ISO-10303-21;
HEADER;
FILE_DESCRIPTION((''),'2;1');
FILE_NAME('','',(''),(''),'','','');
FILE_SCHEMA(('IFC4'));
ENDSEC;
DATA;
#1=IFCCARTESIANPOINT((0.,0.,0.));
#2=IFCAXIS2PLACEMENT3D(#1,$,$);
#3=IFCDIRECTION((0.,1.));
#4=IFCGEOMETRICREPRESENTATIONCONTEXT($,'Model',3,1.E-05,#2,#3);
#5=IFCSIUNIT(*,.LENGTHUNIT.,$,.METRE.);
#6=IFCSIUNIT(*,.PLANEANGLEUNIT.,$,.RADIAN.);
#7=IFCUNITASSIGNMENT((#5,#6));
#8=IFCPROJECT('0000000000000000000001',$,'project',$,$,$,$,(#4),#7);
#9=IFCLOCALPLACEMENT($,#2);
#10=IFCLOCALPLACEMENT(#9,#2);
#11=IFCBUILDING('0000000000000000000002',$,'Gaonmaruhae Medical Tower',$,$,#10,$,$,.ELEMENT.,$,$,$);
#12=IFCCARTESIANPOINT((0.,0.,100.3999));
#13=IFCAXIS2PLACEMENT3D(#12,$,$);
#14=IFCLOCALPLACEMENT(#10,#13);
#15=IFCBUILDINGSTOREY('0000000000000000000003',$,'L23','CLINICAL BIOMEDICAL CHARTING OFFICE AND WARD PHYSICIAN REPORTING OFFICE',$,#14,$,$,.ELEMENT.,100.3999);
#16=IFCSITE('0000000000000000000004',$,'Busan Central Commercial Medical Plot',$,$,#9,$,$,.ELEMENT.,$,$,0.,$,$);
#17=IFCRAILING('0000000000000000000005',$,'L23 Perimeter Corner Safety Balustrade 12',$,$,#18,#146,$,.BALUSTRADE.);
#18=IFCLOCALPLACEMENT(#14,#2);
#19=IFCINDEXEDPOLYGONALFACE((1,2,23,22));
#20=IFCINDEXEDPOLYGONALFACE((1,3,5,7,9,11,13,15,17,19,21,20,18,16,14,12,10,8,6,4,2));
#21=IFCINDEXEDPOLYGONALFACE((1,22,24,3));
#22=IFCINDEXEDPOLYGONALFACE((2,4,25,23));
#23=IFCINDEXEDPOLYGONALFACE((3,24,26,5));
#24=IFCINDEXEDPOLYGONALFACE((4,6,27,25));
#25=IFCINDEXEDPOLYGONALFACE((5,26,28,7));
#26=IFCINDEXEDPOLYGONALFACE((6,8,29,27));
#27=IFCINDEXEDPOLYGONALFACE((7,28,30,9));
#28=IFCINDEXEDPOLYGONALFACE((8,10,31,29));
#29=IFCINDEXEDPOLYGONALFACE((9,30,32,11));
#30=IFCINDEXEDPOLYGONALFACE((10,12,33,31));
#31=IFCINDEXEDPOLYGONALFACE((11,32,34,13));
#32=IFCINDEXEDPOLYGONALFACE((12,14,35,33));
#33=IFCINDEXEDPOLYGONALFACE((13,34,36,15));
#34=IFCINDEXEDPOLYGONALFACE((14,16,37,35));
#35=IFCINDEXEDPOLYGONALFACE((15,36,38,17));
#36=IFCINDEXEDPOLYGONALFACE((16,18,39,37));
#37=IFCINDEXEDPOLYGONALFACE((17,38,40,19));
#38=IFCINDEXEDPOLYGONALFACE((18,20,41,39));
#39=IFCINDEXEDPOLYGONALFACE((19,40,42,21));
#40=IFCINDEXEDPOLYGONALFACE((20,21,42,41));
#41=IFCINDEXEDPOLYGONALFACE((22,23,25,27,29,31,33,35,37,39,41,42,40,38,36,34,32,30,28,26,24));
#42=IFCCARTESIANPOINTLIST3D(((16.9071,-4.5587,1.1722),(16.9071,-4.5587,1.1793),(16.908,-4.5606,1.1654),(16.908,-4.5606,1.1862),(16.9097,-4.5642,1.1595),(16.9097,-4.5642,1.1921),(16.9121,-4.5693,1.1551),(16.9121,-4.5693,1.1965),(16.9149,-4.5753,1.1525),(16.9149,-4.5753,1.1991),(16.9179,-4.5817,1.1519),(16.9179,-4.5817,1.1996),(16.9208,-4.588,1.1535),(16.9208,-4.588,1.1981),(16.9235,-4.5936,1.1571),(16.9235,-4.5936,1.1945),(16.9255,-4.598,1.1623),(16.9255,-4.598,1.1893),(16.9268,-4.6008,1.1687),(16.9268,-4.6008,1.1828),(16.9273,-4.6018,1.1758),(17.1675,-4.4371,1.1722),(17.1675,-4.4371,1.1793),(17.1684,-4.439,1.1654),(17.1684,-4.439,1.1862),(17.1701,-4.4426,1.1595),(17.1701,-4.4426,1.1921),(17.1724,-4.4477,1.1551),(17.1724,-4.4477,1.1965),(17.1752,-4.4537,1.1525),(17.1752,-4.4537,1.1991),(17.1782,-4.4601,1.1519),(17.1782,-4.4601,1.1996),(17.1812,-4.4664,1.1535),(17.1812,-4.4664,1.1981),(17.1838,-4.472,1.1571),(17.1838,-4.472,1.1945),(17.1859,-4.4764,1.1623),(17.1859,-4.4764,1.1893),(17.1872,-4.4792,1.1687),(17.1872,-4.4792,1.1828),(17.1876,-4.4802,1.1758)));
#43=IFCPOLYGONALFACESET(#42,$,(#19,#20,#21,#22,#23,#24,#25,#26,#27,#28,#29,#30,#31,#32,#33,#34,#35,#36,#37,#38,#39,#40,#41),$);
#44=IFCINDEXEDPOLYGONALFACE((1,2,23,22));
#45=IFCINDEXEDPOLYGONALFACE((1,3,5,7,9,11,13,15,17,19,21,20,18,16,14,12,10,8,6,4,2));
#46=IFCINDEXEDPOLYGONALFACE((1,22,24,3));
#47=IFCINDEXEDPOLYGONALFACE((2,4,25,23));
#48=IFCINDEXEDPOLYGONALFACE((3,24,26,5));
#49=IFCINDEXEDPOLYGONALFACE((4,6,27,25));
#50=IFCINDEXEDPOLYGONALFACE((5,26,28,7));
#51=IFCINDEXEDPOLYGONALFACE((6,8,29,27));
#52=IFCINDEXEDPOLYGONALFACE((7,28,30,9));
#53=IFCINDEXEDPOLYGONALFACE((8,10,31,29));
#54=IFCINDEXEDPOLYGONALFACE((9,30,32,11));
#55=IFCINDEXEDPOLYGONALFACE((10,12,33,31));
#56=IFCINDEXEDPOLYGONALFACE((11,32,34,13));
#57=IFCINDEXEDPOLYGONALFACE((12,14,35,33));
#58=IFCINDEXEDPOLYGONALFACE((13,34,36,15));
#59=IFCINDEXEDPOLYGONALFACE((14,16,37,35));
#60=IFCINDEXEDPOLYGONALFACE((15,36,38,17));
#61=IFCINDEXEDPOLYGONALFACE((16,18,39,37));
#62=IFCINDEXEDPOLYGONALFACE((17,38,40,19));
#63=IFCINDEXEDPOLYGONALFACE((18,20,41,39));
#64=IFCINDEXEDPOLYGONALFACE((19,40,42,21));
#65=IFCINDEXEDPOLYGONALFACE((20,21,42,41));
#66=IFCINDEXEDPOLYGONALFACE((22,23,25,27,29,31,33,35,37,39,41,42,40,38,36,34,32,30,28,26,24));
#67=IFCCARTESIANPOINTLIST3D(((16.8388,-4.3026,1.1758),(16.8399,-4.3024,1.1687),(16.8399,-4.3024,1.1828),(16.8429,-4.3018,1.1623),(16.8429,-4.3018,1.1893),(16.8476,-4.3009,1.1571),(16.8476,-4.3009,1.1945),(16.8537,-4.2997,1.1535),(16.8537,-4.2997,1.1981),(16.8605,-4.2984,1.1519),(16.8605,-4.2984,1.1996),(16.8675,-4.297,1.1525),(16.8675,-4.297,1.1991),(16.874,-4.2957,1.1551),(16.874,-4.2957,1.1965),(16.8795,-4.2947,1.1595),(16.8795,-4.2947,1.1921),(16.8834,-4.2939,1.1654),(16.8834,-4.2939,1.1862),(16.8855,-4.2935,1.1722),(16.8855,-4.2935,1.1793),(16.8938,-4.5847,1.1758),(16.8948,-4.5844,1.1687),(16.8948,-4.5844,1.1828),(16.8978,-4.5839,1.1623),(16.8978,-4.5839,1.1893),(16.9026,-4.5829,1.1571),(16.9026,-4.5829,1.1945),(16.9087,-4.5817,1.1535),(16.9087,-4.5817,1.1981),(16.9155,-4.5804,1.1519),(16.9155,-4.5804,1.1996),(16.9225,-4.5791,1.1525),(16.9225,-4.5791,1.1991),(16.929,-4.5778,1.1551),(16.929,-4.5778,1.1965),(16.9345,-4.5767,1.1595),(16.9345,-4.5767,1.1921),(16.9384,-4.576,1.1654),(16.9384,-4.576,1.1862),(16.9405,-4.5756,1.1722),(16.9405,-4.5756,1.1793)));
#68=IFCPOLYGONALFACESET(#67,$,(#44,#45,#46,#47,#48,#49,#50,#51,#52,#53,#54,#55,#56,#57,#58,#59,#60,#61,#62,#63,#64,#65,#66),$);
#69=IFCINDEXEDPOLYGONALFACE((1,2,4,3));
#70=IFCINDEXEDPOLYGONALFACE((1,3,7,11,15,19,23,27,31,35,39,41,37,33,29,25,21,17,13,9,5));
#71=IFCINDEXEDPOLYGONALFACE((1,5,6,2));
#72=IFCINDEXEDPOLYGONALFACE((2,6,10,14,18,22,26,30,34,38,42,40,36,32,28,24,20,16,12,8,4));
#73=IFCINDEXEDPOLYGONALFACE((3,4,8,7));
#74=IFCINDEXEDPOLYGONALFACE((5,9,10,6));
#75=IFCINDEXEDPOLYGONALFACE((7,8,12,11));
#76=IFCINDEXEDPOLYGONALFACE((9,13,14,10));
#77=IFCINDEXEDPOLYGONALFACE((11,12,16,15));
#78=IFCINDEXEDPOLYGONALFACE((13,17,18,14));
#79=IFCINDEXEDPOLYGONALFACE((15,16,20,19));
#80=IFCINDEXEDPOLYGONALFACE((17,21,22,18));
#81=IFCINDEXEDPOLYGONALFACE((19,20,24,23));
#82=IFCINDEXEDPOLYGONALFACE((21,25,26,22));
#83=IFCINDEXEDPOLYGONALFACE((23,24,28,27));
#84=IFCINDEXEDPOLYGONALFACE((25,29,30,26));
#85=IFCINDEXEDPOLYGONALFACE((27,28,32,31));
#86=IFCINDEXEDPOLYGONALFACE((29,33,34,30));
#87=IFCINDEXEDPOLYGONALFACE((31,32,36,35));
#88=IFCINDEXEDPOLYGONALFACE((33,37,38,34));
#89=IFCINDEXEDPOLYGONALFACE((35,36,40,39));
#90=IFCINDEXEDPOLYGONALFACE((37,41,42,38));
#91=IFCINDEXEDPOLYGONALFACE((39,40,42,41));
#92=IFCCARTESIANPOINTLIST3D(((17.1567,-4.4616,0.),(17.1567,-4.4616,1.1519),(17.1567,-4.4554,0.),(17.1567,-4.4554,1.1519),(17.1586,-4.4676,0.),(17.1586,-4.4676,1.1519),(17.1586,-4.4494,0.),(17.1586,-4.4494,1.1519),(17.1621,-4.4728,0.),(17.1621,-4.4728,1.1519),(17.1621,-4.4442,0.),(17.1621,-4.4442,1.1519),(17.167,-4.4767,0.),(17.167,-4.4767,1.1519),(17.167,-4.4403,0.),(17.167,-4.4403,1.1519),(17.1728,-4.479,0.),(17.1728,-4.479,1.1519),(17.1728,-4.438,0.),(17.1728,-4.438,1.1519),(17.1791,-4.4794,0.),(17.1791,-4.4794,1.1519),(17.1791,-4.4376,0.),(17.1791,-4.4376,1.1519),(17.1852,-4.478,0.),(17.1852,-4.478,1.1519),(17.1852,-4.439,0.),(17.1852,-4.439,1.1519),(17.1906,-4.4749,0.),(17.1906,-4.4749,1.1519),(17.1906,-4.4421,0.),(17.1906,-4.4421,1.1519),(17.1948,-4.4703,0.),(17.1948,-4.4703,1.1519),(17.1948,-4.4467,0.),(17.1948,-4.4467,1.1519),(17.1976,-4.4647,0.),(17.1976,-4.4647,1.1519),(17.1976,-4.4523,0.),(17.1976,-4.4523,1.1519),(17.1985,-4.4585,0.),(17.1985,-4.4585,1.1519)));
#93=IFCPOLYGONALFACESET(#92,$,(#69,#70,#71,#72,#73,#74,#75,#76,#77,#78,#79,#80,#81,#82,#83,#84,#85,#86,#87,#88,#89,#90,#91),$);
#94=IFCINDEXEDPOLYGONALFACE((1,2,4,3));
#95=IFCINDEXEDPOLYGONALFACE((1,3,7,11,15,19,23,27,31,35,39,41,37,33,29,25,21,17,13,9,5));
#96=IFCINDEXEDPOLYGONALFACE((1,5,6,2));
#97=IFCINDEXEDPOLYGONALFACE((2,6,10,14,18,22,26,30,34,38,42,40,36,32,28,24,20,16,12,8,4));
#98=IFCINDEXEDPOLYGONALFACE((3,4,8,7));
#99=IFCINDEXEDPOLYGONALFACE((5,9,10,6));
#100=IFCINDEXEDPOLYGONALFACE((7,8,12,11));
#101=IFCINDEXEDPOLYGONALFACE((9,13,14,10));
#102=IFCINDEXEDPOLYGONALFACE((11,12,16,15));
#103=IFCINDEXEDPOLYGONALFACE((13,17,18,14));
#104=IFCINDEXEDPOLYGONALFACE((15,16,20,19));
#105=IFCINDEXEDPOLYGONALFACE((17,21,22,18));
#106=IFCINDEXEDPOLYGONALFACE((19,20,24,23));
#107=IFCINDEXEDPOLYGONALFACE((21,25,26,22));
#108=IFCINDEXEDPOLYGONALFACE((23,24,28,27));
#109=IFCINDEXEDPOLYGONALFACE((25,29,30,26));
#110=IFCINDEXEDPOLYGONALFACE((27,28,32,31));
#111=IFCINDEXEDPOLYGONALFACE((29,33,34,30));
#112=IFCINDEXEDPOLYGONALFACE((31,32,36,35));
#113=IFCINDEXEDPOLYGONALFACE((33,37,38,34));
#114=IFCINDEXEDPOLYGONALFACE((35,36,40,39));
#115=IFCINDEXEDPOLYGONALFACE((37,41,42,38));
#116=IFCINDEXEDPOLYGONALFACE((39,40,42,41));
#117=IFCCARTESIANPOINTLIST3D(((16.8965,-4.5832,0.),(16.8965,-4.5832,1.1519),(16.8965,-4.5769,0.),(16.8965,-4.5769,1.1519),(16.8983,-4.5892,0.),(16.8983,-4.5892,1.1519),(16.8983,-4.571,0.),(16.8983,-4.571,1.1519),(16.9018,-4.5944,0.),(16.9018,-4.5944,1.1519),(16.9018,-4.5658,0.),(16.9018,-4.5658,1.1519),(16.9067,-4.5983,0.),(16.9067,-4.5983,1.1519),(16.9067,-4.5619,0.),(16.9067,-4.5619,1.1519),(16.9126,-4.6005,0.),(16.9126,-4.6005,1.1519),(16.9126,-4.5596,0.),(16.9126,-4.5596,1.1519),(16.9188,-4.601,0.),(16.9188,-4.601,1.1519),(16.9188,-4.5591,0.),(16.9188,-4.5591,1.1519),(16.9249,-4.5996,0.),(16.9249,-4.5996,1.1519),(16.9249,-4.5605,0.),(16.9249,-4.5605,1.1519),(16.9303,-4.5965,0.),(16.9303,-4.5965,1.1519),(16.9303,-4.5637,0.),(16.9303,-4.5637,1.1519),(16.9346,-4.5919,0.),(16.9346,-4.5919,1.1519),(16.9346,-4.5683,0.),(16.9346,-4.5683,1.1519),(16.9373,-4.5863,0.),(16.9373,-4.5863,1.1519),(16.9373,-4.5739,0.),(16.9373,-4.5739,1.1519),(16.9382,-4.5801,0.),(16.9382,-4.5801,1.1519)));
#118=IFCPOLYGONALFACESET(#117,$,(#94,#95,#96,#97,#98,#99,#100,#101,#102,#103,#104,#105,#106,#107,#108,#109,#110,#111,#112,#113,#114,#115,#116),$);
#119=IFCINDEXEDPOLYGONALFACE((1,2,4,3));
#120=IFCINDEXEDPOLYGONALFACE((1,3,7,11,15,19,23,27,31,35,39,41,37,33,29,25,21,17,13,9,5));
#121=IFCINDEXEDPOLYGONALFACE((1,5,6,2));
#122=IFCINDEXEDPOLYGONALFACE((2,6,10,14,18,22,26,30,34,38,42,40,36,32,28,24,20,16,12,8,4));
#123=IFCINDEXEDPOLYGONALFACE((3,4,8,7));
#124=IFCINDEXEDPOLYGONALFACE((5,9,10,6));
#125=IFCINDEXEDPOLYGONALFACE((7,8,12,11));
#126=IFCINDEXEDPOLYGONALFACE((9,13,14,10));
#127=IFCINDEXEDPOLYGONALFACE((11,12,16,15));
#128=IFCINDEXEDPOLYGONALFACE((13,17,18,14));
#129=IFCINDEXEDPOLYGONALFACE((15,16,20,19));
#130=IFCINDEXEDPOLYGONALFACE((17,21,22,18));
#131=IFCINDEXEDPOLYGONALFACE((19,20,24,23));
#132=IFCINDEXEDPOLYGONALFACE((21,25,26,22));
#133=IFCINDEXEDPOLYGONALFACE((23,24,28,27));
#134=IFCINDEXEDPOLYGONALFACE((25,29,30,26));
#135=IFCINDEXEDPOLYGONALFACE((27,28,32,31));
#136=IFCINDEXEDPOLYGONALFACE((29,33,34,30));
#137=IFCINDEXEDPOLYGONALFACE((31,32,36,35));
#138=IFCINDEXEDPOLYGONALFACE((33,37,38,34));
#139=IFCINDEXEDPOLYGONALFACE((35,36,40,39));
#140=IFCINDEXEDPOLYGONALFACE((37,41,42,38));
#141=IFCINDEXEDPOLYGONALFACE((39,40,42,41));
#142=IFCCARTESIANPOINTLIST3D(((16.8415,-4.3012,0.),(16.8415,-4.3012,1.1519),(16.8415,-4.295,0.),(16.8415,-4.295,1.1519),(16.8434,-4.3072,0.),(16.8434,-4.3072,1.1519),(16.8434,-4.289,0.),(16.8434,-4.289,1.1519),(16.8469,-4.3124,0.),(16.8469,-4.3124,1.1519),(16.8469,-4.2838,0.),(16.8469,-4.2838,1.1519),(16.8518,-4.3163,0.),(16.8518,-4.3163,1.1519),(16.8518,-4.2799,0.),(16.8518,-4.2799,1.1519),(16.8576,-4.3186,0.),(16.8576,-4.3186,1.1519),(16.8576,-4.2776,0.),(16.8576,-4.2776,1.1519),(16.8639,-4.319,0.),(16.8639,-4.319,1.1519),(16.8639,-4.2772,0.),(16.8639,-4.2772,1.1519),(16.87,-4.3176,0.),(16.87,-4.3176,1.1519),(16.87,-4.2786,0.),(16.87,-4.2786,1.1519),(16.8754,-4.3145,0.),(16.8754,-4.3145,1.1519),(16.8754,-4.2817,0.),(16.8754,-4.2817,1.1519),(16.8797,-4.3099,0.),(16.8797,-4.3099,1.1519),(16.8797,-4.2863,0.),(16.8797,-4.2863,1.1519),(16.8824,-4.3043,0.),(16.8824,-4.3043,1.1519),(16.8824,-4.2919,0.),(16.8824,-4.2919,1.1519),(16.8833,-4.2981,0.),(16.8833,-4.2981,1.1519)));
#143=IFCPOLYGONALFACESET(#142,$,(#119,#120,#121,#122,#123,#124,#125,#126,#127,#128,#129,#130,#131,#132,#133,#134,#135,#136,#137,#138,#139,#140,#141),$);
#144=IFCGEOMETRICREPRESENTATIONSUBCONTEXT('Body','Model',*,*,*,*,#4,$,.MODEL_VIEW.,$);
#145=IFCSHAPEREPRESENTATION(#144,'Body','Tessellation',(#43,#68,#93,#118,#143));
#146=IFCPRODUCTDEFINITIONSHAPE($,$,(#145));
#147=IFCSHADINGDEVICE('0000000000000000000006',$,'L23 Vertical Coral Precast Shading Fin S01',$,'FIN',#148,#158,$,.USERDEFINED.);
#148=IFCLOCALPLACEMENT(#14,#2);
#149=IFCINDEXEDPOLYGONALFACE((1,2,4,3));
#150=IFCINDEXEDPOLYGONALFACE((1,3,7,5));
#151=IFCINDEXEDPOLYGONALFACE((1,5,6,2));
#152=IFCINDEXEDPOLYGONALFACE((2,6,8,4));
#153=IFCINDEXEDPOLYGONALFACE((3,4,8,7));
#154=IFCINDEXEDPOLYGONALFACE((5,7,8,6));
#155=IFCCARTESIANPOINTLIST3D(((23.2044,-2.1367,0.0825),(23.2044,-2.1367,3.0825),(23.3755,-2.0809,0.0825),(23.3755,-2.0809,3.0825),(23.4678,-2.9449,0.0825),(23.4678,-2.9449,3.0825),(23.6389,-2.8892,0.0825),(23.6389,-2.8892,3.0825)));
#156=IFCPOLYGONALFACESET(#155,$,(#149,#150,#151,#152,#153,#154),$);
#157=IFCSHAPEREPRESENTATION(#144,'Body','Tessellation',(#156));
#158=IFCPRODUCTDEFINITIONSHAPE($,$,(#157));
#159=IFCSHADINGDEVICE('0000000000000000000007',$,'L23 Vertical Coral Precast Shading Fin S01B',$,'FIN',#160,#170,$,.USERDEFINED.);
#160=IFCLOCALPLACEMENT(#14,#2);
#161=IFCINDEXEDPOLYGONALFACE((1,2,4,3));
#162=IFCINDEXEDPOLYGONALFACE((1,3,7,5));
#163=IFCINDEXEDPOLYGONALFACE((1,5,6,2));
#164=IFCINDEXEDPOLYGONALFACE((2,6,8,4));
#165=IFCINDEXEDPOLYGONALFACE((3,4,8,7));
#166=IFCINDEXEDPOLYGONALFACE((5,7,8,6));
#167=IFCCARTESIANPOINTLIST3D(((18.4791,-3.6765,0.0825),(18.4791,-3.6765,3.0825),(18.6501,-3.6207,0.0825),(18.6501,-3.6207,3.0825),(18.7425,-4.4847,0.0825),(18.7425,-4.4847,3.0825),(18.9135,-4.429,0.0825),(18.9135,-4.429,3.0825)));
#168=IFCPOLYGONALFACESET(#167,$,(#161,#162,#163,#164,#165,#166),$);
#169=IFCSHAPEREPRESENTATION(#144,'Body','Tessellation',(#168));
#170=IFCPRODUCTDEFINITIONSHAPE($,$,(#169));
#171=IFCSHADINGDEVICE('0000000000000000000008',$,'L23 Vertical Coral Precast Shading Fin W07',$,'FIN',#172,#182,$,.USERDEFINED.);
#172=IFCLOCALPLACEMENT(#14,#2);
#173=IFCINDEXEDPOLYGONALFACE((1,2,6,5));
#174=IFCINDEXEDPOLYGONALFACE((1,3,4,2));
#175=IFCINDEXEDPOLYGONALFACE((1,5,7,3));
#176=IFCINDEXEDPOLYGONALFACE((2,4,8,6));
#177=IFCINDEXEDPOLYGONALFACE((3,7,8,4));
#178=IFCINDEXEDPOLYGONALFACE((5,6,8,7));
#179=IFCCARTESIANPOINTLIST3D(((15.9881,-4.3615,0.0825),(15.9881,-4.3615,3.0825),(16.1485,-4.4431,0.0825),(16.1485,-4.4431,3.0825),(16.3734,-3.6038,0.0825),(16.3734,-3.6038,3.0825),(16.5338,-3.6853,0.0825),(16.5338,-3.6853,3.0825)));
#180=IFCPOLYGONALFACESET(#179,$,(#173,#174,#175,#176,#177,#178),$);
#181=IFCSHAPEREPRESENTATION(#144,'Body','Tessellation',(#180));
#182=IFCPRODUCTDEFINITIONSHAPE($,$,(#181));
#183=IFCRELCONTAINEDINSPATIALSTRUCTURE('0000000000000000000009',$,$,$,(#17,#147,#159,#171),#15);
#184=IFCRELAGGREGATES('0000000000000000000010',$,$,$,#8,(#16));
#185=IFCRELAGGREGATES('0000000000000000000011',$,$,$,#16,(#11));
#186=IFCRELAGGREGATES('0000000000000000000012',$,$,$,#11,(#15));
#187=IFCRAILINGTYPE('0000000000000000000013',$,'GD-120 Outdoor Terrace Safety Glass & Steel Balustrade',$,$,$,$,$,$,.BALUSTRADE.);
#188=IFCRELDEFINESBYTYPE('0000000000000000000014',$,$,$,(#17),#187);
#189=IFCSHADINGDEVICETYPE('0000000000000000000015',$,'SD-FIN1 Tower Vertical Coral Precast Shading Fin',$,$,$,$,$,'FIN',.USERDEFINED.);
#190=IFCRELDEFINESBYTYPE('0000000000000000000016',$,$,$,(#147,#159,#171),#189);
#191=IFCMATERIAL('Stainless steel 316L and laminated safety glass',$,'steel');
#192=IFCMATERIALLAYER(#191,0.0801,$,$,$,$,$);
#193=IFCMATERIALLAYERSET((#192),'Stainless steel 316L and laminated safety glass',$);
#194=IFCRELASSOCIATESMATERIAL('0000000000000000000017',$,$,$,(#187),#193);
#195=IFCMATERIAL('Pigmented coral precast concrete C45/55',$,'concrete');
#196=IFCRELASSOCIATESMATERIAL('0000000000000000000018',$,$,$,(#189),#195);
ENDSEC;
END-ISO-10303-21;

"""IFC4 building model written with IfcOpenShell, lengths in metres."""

from ifc_helpers import new_model, si_unit, direction, frame, origin, origin_2d, place, context, subcontext, project, spatial, rectangle, circle, extrude, material, layer, layer_set, type_object, element, save


model = new_model("IFC4")

# Units and contexts
model_context = context("Model", 3, precision=1e-05, world=origin(), true_north=direction((0.0, 1.0)))
body_context = subcontext(model_context, "Body", "Model", "MODEL_VIEW")
ifc_project = project(units=[si_unit("LENGTHUNIT", "METRE"), si_unit("PLANEANGLEUNIT", "RADIAN")], contexts=[model_context])

# Site, building, storey
site_placement = place(None, origin())
site = spatial("IfcSite", under=ifc_project, at=site_placement, Name="Busan Central Commercial Medical Plot", CompositionType="ELEMENT", RefElevation=0.0)
building_placement = place(site_placement, origin())
building = spatial("IfcBuilding", under=site, at=building_placement, Name="Gaonmaruhae Medical Tower", CompositionType="ELEMENT")
storey_placement = place(building_placement, frame((0.0, 0.0, 100.3999)))
storey = spatial("IfcBuildingStorey", under=building, at=storey_placement, Name="L23", Description="CLINICAL BIOMEDICAL CHARTING OFFICE AND WARD PHYSICIAN REPORTING OFFICE", CompositionType="ELEMENT", Elevation=100.3999)

# Railing
ifc_material_1 = material(Name="Stainless steel 316L and laminated safety glass", Category="steel")
ifc_layer_1 = layer(ifc_material_1, 0.0801)
ifc_layer_set_1 = layer_set([ifc_layer_1], Name="Stainless steel 316L and laminated safety glass")
railing_type_1 = type_object("IfcRailingType", Name="GD-120 Outdoor Terrace Safety Glass & Steel Balustrade", PredefinedType="BALUSTRADE", material=ifc_layer_set_1)
railing_1_placement = place(storey_placement, frame((17.1775, -4.4585, 0.0)))
element("IfcRailing", 1, at=railing_1_placement, inside=storey, type_object=railing_type_1, Name="L23 Perimeter Corner Safety Balustrade 12", PredefinedType="BALUSTRADE", context=body_context, shape_type="SweptSolid", body=[
    extrude(circle(Radius=0.0239, at=origin_2d()), frame((0.0, 0.0, 1.1758), z_axis=(-0.906009, -0.423258, 0.0), x_axis=(0.423258, -0.906009, 0.0)), (0.0, 0.0, 1.0), 0.2874),
    extrude(circle(Radius=0.0239, at=origin_2d()), frame((-0.2603, -0.1216, 1.1758), z_axis=(-0.191211, 0.981549, 0.0), x_axis=(-0.981549, -0.191211, 0.0)), (0.0, 0.0, 1.0), 0.2874),
    extrude(circle(Radius=0.021, at=origin_2d()), origin(), (0.0, 0.0, 1.0), 1.1519),
    extrude(circle(Radius=0.021, at=origin_2d()), frame((-0.2603, -0.1216, 0.0)), (0.0, 0.0, 1.0), 1.1519),
    extrude(circle(Radius=0.021, at=origin_2d()), frame((-0.3152, 0.1604, 0.0)), (0.0, 0.0, 1.0), 1.1519),
])

# Shading devices
ifc_material_2 = material(Name="Pigmented coral precast concrete C45/55", Category="concrete")
shading_device_type = type_object("IfcShadingDeviceType", Name="SD-FIN1 Tower Vertical Coral Precast Shading Fin", ElementType="FIN", PredefinedType="USERDEFINED", material=ifc_material_2)
for number, where, z_axis, x_axis, name in (
    (2, (23.4216, -2.5129, 0.0825), (0.0, 0.0, 1.0), (-0.950786, -0.309847, 0.0), "L23 Vertical Coral Precast Shading Fin S01"),
    (3, (18.6963, -4.0527, 0.0825), (0.0, 0.0, 1.0), (-0.950786, -0.309847, 0.0), "L23 Vertical Coral Precast Shading Fin S01B"),
    (4, (16.261, -4.0234, 0.0825), (0.0, 0.0, 1.0), (-0.891394, 0.453228, 0.0), "L23 Vertical Coral Precast Shading Fin W07"),
):
    element("IfcShadingDevice", number, at=place(storey_placement, frame(where, z_axis=z_axis, x_axis=x_axis)), inside=storey, type_object=shading_device_type, Name=name, ObjectType="FIN", PredefinedType="USERDEFINED", context=body_context, shape_type="SweptSolid", body=[
        extrude(rectangle(XDim=0.1799, YDim=0.8501, at=origin_2d()), origin(), (0.0, 0.0, 1.0), 3.0),
    ])

save(model, "model.ifc")
